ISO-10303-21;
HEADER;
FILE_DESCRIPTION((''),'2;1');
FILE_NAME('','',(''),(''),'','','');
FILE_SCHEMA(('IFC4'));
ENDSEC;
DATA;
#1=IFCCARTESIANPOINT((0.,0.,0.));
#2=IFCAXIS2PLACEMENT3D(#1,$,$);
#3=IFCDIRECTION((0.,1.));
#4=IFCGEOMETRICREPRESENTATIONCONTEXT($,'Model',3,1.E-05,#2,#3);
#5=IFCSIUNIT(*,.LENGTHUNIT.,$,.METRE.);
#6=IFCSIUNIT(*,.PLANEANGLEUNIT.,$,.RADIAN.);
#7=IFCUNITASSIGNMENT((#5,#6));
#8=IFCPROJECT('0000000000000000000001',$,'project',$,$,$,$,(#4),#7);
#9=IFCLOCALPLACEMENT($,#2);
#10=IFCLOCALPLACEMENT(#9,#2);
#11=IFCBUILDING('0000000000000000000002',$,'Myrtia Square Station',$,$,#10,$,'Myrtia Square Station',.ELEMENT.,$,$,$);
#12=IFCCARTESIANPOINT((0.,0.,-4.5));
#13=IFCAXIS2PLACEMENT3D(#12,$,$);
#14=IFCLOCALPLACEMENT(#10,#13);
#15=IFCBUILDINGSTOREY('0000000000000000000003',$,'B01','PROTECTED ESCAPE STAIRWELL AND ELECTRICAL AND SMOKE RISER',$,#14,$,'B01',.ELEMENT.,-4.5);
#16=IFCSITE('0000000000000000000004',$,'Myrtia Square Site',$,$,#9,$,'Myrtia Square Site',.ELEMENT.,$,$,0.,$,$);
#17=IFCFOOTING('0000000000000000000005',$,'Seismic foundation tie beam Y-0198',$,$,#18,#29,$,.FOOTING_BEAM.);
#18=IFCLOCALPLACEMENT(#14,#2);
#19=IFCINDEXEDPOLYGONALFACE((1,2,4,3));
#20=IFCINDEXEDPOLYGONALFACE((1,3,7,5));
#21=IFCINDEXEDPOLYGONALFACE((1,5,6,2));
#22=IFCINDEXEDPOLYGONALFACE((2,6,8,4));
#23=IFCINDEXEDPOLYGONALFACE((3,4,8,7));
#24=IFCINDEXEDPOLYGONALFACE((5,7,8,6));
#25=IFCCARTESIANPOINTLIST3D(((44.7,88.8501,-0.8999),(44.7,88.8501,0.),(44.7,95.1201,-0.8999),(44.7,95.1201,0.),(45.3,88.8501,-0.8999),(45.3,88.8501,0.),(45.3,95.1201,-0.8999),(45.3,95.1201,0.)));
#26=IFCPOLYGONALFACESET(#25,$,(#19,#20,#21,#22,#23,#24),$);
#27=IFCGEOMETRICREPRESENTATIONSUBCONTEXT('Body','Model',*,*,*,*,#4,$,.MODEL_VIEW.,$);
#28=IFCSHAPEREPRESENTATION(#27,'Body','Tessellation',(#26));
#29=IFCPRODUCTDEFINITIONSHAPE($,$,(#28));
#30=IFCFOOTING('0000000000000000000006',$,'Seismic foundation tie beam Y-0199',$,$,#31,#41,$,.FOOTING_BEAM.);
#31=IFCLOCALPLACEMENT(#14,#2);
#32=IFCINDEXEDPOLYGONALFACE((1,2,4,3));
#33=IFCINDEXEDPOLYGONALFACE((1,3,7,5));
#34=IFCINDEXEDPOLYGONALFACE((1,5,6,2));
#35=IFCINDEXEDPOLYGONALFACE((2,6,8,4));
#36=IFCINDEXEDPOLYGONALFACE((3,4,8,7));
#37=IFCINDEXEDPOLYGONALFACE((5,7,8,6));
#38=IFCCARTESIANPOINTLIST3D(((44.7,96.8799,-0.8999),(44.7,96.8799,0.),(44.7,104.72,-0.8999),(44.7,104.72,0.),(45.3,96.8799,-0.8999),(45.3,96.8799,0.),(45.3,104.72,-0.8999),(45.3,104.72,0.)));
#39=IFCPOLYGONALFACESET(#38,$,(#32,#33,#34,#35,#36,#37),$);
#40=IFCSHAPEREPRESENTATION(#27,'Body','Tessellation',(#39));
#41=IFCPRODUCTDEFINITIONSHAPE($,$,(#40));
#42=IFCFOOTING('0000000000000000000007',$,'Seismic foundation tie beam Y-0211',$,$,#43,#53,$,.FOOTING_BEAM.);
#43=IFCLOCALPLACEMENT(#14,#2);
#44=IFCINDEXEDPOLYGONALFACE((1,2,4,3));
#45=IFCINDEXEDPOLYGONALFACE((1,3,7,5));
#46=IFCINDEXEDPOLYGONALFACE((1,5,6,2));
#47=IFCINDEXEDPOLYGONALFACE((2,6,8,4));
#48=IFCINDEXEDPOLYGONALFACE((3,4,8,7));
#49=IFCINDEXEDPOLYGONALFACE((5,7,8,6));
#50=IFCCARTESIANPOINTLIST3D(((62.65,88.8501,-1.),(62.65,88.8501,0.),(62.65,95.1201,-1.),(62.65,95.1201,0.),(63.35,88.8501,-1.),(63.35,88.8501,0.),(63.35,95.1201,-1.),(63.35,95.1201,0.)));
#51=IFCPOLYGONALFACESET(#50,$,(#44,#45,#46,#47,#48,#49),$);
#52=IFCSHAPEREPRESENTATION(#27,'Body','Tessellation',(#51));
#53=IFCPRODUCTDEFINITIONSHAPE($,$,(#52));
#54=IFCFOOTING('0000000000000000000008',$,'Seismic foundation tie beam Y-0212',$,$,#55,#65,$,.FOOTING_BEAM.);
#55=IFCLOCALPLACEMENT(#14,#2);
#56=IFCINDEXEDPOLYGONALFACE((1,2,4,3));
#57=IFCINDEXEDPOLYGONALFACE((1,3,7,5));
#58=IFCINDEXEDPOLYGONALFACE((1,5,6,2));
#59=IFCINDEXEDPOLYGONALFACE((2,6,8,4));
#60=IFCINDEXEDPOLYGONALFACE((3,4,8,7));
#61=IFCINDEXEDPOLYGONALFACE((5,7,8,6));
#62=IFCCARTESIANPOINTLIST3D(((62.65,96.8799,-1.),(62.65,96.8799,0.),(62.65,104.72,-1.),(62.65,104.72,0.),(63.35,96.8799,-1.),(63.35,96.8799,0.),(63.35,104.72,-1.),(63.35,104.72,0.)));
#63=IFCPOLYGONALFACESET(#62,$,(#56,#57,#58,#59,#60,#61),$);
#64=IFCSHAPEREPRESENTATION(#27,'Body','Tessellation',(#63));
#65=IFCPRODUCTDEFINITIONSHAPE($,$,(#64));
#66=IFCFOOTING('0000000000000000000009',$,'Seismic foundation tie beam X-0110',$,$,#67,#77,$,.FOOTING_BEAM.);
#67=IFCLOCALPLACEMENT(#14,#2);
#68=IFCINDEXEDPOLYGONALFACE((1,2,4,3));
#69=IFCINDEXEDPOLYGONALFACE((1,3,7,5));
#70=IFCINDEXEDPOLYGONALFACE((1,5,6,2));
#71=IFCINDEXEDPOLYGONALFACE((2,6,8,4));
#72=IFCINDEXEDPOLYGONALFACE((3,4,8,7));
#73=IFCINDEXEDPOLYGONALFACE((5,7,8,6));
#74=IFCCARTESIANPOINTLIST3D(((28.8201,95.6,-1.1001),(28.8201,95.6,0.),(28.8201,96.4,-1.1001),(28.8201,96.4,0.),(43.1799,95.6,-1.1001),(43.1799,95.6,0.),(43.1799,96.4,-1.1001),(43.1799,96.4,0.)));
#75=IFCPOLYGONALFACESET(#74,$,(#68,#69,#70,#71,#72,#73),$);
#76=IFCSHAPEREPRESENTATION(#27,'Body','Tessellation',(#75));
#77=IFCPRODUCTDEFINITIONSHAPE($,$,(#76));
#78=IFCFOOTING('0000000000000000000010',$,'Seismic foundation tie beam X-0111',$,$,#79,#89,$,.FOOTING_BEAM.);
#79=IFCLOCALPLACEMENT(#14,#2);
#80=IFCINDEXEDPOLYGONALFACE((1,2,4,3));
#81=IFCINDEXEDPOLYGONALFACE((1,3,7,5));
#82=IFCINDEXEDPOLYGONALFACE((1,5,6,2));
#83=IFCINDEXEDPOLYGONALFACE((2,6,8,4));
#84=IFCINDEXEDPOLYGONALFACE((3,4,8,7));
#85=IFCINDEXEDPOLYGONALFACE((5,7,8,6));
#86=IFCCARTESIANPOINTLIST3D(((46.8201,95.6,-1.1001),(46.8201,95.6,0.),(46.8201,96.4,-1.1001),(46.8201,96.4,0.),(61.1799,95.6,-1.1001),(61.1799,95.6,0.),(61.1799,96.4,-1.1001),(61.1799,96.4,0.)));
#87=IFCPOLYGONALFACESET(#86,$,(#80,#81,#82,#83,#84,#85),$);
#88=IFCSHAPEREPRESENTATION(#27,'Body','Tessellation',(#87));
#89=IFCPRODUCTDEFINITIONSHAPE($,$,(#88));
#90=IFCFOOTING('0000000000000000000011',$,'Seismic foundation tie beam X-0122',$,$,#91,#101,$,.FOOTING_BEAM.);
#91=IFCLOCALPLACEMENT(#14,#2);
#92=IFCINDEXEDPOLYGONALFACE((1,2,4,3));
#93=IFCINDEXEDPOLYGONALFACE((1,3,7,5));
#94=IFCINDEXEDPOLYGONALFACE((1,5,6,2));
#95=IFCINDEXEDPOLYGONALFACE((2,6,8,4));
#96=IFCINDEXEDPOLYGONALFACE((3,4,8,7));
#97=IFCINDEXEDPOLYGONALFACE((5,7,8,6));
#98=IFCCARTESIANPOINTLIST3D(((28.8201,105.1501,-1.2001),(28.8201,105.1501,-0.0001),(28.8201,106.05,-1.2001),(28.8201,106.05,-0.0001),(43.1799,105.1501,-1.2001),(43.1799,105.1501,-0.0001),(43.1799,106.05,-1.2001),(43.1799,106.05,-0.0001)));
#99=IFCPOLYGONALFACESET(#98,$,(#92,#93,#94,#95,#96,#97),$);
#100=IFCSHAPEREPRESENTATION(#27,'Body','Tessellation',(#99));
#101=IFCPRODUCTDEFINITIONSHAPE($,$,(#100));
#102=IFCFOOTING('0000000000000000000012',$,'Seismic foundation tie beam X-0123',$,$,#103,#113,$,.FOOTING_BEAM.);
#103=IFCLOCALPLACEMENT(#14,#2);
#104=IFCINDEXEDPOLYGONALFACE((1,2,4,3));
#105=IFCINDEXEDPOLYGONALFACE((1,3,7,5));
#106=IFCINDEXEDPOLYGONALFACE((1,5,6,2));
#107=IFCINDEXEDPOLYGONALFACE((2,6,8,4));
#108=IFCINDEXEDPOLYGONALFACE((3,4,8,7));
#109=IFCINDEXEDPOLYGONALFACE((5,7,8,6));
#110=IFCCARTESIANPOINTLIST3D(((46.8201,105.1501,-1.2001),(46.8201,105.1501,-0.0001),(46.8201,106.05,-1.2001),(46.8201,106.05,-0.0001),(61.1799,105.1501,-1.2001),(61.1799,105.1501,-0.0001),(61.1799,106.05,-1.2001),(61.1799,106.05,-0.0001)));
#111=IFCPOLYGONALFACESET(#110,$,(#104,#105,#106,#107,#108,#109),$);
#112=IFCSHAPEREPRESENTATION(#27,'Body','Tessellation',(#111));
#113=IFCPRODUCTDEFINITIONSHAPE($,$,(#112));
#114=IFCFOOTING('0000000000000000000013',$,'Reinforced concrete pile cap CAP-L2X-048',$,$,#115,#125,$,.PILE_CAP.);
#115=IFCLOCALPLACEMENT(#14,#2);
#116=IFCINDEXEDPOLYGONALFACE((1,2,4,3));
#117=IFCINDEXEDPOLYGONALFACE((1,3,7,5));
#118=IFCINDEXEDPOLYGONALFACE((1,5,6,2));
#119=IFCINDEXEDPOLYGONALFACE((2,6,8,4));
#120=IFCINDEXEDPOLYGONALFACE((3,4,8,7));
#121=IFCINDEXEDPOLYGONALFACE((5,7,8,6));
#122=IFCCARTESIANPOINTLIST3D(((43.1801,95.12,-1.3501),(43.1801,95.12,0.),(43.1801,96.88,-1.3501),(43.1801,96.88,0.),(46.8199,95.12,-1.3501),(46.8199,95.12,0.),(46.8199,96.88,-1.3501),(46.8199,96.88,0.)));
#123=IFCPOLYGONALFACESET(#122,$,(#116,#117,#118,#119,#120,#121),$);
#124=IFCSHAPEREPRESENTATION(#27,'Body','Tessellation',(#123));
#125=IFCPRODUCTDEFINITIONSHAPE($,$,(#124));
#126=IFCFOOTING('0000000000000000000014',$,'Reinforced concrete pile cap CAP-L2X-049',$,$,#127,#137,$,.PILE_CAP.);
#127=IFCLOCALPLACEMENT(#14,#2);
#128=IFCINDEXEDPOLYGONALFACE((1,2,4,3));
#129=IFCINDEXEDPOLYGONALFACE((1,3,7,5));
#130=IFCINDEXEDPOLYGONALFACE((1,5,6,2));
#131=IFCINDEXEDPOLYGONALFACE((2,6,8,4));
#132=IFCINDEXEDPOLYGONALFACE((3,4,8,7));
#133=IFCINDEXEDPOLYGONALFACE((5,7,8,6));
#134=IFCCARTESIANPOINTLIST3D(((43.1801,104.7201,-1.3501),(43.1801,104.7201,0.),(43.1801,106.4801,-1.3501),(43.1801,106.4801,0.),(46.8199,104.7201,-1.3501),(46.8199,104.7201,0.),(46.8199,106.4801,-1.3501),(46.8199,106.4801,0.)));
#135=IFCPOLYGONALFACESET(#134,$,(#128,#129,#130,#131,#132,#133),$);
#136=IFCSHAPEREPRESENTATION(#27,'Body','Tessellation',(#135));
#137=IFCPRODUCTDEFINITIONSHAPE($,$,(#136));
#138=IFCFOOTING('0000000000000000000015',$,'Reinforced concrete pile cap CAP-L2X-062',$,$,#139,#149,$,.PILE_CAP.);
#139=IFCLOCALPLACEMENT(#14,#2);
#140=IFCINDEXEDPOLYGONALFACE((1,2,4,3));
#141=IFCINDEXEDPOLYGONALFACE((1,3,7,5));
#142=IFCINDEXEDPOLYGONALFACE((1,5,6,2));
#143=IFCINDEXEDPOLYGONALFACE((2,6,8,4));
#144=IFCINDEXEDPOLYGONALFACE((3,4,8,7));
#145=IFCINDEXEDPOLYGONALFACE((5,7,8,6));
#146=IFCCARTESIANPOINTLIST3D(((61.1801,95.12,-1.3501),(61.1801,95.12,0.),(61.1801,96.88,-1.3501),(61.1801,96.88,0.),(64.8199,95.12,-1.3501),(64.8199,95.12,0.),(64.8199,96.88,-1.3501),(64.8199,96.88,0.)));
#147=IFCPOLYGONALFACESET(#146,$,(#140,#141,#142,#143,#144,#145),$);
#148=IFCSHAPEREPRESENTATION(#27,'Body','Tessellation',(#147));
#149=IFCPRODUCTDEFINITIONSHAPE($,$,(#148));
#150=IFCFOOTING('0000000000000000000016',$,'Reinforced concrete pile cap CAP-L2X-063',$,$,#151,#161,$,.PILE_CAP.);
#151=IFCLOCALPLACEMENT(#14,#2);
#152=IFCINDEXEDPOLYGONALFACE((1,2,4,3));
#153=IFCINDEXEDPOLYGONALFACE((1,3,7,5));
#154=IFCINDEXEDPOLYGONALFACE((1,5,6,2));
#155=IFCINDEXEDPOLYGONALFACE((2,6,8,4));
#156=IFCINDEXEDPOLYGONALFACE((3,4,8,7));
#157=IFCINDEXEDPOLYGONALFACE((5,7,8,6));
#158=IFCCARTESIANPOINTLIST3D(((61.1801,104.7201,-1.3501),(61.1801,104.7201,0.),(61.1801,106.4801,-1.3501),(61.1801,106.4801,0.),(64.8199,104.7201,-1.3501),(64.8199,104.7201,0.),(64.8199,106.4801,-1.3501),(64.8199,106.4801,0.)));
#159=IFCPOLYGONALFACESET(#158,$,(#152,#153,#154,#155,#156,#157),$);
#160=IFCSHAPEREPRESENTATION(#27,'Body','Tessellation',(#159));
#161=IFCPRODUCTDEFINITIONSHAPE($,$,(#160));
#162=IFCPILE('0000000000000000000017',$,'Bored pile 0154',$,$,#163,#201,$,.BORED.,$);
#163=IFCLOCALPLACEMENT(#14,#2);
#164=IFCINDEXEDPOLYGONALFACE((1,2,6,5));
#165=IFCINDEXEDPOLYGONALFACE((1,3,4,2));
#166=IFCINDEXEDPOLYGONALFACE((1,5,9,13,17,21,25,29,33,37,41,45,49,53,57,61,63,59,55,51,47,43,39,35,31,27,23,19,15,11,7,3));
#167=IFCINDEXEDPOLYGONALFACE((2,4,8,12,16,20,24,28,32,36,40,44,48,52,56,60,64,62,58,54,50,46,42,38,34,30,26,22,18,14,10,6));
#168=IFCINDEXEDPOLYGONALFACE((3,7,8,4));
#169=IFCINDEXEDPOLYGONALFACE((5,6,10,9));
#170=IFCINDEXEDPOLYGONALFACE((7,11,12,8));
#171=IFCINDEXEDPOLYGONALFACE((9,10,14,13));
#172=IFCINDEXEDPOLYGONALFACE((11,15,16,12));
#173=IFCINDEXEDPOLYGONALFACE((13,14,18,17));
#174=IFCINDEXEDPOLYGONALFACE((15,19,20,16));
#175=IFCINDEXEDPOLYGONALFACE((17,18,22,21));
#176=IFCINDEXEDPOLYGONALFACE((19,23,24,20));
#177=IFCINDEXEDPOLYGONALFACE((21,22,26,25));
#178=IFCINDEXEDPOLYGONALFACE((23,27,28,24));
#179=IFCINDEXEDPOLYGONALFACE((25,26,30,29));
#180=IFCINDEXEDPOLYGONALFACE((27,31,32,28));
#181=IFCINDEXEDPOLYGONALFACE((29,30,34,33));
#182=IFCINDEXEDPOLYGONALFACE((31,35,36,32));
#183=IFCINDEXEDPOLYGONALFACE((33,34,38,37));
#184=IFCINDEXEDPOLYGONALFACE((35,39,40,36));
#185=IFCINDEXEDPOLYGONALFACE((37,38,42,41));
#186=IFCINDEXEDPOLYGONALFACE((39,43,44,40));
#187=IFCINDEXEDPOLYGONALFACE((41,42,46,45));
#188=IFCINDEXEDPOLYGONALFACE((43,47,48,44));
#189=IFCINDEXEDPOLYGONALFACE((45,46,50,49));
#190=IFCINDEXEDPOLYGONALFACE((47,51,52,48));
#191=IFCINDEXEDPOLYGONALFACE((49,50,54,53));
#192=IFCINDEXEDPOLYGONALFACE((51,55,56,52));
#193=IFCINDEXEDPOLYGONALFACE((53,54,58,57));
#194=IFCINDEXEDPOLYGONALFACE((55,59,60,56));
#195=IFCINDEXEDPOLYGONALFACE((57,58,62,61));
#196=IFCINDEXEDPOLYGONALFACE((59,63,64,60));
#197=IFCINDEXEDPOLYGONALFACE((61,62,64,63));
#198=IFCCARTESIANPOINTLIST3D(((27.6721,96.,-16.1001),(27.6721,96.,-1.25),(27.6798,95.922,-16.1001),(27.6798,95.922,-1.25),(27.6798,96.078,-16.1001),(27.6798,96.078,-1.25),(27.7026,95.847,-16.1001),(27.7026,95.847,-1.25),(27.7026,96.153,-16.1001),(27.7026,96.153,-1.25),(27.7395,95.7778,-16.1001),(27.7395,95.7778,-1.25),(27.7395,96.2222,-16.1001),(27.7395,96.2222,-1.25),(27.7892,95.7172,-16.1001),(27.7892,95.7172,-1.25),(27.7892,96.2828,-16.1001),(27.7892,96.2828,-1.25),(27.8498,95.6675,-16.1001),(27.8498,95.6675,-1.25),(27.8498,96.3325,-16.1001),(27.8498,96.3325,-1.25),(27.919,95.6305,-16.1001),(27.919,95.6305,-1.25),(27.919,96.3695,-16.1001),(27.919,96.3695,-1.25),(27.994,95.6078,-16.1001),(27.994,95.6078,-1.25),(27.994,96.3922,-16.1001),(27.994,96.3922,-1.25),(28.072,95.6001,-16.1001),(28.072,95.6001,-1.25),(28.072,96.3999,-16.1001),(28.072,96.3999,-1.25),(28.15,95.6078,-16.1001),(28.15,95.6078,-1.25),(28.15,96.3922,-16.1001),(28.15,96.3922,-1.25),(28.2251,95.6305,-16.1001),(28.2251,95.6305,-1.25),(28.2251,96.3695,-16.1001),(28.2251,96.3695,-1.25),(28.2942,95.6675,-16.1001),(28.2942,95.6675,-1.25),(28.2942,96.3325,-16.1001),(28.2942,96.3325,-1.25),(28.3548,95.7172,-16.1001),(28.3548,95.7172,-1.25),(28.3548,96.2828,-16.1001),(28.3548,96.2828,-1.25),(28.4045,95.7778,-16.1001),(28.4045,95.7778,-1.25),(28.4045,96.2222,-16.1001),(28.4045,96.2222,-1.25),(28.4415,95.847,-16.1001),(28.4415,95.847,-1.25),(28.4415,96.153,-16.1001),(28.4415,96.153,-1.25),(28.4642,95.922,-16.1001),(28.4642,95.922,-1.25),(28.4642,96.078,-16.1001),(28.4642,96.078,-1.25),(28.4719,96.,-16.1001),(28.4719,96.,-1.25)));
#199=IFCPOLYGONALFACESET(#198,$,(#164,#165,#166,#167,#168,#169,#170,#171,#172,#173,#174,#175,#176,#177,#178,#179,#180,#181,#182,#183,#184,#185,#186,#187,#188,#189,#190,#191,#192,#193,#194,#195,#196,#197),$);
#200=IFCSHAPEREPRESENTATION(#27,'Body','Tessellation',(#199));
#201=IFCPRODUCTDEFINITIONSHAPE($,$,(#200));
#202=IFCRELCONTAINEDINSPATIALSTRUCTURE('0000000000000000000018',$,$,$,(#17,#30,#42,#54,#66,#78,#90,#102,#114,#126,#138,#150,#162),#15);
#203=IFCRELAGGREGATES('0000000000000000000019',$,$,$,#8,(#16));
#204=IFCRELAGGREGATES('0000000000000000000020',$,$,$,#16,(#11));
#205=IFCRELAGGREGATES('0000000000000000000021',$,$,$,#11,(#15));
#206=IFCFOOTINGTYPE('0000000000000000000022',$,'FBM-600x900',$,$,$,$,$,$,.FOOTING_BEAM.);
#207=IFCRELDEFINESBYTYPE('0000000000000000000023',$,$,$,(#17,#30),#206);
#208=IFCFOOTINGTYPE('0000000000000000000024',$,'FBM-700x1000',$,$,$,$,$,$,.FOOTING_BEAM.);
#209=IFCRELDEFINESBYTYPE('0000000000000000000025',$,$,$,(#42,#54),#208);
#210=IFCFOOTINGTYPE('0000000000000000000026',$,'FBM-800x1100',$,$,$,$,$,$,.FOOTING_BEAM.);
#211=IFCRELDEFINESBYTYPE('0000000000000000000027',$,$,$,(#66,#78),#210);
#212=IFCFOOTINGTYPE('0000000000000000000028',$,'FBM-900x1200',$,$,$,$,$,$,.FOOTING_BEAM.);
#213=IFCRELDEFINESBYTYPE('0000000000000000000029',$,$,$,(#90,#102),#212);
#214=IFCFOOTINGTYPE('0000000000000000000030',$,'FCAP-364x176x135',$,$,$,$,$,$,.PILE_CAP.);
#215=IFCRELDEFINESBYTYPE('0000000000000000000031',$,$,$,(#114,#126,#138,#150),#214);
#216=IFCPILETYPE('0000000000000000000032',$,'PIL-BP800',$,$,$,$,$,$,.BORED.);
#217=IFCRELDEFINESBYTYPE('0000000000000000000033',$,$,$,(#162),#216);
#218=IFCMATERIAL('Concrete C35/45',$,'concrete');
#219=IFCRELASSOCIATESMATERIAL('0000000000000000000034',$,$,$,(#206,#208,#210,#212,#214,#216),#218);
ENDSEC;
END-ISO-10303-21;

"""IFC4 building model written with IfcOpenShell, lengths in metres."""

from ifc_helpers import new_model, si_unit, direction, frame, origin, origin_2d, place, context, subcontext, project, spatial, rectangle, circle, extrude, material, material_profile, profile_set, type_object, element, save


model = new_model("IFC4")

# Units and contexts
model_context = context("Model", 3, precision=1e-05, world=origin(), true_north=direction((0.0, 1.0)))
body_context = subcontext(model_context, "Body", "Model", "MODEL_VIEW")
ifc_project = project(units=[si_unit("LENGTHUNIT", "METRE"), si_unit("PLANEANGLEUNIT", "RADIAN")], contexts=[model_context])

# Site, building, storey
site_placement = place(None, origin())
site = spatial("IfcSite", under=ifc_project, at=site_placement, Name="Myrtia Square Site", LongName="Myrtia Square Site", CompositionType="ELEMENT", RefElevation=0.0)
building_placement = place(site_placement, origin())
building = spatial("IfcBuilding", under=site, at=building_placement, Name="Myrtia Square Station", LongName="Myrtia Square Station", CompositionType="ELEMENT")
storey_placement = place(building_placement, frame((0.0, 0.0, -4.5)))
storey = spatial("IfcBuildingStorey", under=building, at=storey_placement, Name="B01", Description="PROTECTED ESCAPE STAIRWELL AND ELECTRICAL AND SMOKE RISER", LongName="B01", CompositionType="ELEMENT", Elevation=-4.5)

# Footings
ifc_material_1 = material(Name="Concrete C35/45", Category="concrete")
ifc_material_profile_1 = material_profile(ifc_material_1, rectangle(XDim=0.6001, YDim=0.8999, at=origin_2d()), Name="FB 600x900")
ifc_profile_set_1 = profile_set([ifc_material_profile_1], Name="Concrete C35/45")
footing_type_1 = type_object("IfcFootingType", Name="FBM-600x900", PredefinedType="FOOTING_BEAM", material=ifc_profile_set_1)
footing_1_placement = place(storey_placement, frame((45.0, 88.8501, -0.45), z_axis=(0.0, 1.0, 0.0), x_axis=(-1.0, 0.0, 0.0)))
element("IfcFooting", 1, at=footing_1_placement, inside=storey, type_object=footing_type_1, Name="Seismic foundation tie beam Y-0198", PredefinedType="FOOTING_BEAM", context=body_context, shape_type="SweptSolid", body=[
    extrude(rectangle(XDim=0.6001, YDim=0.8999, at=origin_2d()), origin(), (0.0, 0.0, 1.0), 6.27),
])
footing_2_placement = place(storey_placement, frame((45.0, 96.8799, -0.45), z_axis=(0.0, 1.0, 0.0), x_axis=(-1.0, 0.0, 0.0)))
element("IfcFooting", 2, at=footing_2_placement, inside=storey, type_object=footing_type_1, Name="Seismic foundation tie beam Y-0199", PredefinedType="FOOTING_BEAM", context=body_context, shape_type="SweptSolid", body=[
    extrude(rectangle(XDim=0.6001, YDim=0.8999, at=origin_2d()), origin(), (0.0, 0.0, 1.0), 7.8401),
])
ifc_material_profile_2 = material_profile(ifc_material_1, rectangle(XDim=0.7, YDim=1.0, at=origin_2d()), Name="FB 700x1000")
ifc_profile_set_2 = profile_set([ifc_material_profile_2], Name="Concrete C35/45")
footing_type_2 = type_object("IfcFootingType", Name="FBM-700x1000", PredefinedType="FOOTING_BEAM", material=ifc_profile_set_2)
footing_3_placement = place(storey_placement, frame((63.0, 88.8501, -0.5), z_axis=(0.0, 1.0, 0.0), x_axis=(-1.0, 0.0, 0.0)))
element("IfcFooting", 3, at=footing_3_placement, inside=storey, type_object=footing_type_2, Name="Seismic foundation tie beam Y-0211", PredefinedType="FOOTING_BEAM", context=body_context, shape_type="SweptSolid", body=[
    extrude(rectangle(XDim=0.7, YDim=1.0, at=origin_2d()), origin(), (0.0, 0.0, 1.0), 6.27),
])
footing_4_placement = place(storey_placement, frame((63.0, 96.8799, -0.5), z_axis=(0.0, 1.0, 0.0), x_axis=(-1.0, 0.0, 0.0)))
element("IfcFooting", 4, at=footing_4_placement, inside=storey, type_object=footing_type_2, Name="Seismic foundation tie beam Y-0212", PredefinedType="FOOTING_BEAM", context=body_context, shape_type="SweptSolid", body=[
    extrude(rectangle(XDim=0.7, YDim=1.0, at=origin_2d()), origin(), (0.0, 0.0, 1.0), 7.8401),
])
ifc_material_profile_3 = material_profile(ifc_material_1, rectangle(XDim=0.8, YDim=1.1001, at=origin_2d()), Name="FB 800x1100")
ifc_profile_set_3 = profile_set([ifc_material_profile_3], Name="Concrete C35/45")
footing_type_3 = type_object("IfcFootingType", Name="FBM-800x1100", PredefinedType="FOOTING_BEAM", material=ifc_profile_set_3)
for number, where, z_axis, x_axis, name in (
    (5, (28.8201, 96.0, -0.55), (1.0, 0.0, 0.0), (0.0, 1.0, 0.0), "Seismic foundation tie beam X-0110"),
    (6, (46.8201, 96.0, -0.55), (1.0, 0.0, 0.0), (0.0, 1.0, 0.0), "Seismic foundation tie beam X-0111"),
):
    element("IfcFooting", number, at=place(storey_placement, frame(where, z_axis=z_axis, x_axis=x_axis)), inside=storey, type_object=footing_type_3, Name=name, PredefinedType="FOOTING_BEAM", context=body_context, shape_type="SweptSolid", body=[
        extrude(rectangle(XDim=0.8, YDim=1.1001, at=origin_2d()), origin(), (0.0, 0.0, 1.0), 14.3599),
    ])
ifc_material_profile_4 = material_profile(ifc_material_1, rectangle(XDim=0.8999, YDim=1.2, at=origin_2d()), Name="FB 900x1200")
ifc_profile_set_4 = profile_set([ifc_material_profile_4], Name="Concrete C35/45")
footing_type_4 = type_object("IfcFootingType", Name="FBM-900x1200", PredefinedType="FOOTING_BEAM", material=ifc_profile_set_4)
for number, where, z_axis, x_axis, name in (
    (7, (28.8201, 105.6001, -0.6001), (1.0, 0.0, 0.0), (0.0, 1.0, 0.0), "Seismic foundation tie beam X-0122"),
    (8, (46.8201, 105.6001, -0.6001), (1.0, 0.0, 0.0), (0.0, 1.0, 0.0), "Seismic foundation tie beam X-0123"),
):
    element("IfcFooting", number, at=place(storey_placement, frame(where, z_axis=z_axis, x_axis=x_axis)), inside=storey, type_object=footing_type_4, Name=name, PredefinedType="FOOTING_BEAM", context=body_context, shape_type="SweptSolid", body=[
        extrude(rectangle(XDim=0.8999, YDim=1.2, at=origin_2d()), origin(), (0.0, 0.0, 1.0), 14.3599),
    ])
footing_type_5 = type_object("IfcFootingType", Name="FCAP-364x176x135", PredefinedType="PILE_CAP", material=ifc_material_1)
for number, where, z_axis, x_axis, name in (
    (9, (45.0, 96.0, -1.3501), (0.0, 0.0, 1.0), (1.0, 0.0, 0.0), "Reinforced concrete pile cap CAP-L2X-048"),
    (10, (45.0, 105.6001, -1.3501), (0.0, 0.0, 1.0), (1.0, 0.0, 0.0), "Reinforced concrete pile cap CAP-L2X-049"),
    (11, (63.0, 96.0, -1.3501), (0.0, 0.0, 1.0), (1.0, 0.0, 0.0), "Reinforced concrete pile cap CAP-L2X-062"),
    (12, (63.0, 105.6001, -1.3501), (0.0, 0.0, 1.0), (1.0, 0.0, 0.0), "Reinforced concrete pile cap CAP-L2X-063"),
):
    element("IfcFooting", number, at=place(storey_placement, frame(where, z_axis=z_axis, x_axis=x_axis)), inside=storey, type_object=footing_type_5, Name=name, PredefinedType="PILE_CAP", context=body_context, shape_type="SweptSolid", body=[
        extrude(rectangle(XDim=3.6399, YDim=1.76, at=origin_2d()), origin(), (0.0, 0.0, 1.0), 1.3501),
    ])

# Pile
ifc_material_profile_5 = material_profile(ifc_material_1, circle(Radius=0.3999, at=origin_2d()), Name="BP D800")
ifc_profile_set_5 = profile_set([ifc_material_profile_5], Name="Concrete C35/45")
pile_type = type_object("IfcPileType", Name="PIL-BP800", PredefinedType="BORED", material=ifc_profile_set_5)
for number, where, z_axis, x_axis, name in (
    (13, (28.072, 96.0, -1.25), (0.0, 0.0, -1.0), (1.0, 0.0, 0.0), "Bored pile 0154"),
):
    element("IfcPile", number, at=place(storey_placement, frame(where, z_axis=z_axis, x_axis=x_axis)), inside=storey, type_object=pile_type, Name=name, PredefinedType="BORED", context=body_context, shape_type="SweptSolid", body=[
        extrude(circle(Radius=0.3999, at=origin_2d()), origin(), (0.0, 0.0, 1.0), 14.8501),
    ])

save(model, "model.ifc")
